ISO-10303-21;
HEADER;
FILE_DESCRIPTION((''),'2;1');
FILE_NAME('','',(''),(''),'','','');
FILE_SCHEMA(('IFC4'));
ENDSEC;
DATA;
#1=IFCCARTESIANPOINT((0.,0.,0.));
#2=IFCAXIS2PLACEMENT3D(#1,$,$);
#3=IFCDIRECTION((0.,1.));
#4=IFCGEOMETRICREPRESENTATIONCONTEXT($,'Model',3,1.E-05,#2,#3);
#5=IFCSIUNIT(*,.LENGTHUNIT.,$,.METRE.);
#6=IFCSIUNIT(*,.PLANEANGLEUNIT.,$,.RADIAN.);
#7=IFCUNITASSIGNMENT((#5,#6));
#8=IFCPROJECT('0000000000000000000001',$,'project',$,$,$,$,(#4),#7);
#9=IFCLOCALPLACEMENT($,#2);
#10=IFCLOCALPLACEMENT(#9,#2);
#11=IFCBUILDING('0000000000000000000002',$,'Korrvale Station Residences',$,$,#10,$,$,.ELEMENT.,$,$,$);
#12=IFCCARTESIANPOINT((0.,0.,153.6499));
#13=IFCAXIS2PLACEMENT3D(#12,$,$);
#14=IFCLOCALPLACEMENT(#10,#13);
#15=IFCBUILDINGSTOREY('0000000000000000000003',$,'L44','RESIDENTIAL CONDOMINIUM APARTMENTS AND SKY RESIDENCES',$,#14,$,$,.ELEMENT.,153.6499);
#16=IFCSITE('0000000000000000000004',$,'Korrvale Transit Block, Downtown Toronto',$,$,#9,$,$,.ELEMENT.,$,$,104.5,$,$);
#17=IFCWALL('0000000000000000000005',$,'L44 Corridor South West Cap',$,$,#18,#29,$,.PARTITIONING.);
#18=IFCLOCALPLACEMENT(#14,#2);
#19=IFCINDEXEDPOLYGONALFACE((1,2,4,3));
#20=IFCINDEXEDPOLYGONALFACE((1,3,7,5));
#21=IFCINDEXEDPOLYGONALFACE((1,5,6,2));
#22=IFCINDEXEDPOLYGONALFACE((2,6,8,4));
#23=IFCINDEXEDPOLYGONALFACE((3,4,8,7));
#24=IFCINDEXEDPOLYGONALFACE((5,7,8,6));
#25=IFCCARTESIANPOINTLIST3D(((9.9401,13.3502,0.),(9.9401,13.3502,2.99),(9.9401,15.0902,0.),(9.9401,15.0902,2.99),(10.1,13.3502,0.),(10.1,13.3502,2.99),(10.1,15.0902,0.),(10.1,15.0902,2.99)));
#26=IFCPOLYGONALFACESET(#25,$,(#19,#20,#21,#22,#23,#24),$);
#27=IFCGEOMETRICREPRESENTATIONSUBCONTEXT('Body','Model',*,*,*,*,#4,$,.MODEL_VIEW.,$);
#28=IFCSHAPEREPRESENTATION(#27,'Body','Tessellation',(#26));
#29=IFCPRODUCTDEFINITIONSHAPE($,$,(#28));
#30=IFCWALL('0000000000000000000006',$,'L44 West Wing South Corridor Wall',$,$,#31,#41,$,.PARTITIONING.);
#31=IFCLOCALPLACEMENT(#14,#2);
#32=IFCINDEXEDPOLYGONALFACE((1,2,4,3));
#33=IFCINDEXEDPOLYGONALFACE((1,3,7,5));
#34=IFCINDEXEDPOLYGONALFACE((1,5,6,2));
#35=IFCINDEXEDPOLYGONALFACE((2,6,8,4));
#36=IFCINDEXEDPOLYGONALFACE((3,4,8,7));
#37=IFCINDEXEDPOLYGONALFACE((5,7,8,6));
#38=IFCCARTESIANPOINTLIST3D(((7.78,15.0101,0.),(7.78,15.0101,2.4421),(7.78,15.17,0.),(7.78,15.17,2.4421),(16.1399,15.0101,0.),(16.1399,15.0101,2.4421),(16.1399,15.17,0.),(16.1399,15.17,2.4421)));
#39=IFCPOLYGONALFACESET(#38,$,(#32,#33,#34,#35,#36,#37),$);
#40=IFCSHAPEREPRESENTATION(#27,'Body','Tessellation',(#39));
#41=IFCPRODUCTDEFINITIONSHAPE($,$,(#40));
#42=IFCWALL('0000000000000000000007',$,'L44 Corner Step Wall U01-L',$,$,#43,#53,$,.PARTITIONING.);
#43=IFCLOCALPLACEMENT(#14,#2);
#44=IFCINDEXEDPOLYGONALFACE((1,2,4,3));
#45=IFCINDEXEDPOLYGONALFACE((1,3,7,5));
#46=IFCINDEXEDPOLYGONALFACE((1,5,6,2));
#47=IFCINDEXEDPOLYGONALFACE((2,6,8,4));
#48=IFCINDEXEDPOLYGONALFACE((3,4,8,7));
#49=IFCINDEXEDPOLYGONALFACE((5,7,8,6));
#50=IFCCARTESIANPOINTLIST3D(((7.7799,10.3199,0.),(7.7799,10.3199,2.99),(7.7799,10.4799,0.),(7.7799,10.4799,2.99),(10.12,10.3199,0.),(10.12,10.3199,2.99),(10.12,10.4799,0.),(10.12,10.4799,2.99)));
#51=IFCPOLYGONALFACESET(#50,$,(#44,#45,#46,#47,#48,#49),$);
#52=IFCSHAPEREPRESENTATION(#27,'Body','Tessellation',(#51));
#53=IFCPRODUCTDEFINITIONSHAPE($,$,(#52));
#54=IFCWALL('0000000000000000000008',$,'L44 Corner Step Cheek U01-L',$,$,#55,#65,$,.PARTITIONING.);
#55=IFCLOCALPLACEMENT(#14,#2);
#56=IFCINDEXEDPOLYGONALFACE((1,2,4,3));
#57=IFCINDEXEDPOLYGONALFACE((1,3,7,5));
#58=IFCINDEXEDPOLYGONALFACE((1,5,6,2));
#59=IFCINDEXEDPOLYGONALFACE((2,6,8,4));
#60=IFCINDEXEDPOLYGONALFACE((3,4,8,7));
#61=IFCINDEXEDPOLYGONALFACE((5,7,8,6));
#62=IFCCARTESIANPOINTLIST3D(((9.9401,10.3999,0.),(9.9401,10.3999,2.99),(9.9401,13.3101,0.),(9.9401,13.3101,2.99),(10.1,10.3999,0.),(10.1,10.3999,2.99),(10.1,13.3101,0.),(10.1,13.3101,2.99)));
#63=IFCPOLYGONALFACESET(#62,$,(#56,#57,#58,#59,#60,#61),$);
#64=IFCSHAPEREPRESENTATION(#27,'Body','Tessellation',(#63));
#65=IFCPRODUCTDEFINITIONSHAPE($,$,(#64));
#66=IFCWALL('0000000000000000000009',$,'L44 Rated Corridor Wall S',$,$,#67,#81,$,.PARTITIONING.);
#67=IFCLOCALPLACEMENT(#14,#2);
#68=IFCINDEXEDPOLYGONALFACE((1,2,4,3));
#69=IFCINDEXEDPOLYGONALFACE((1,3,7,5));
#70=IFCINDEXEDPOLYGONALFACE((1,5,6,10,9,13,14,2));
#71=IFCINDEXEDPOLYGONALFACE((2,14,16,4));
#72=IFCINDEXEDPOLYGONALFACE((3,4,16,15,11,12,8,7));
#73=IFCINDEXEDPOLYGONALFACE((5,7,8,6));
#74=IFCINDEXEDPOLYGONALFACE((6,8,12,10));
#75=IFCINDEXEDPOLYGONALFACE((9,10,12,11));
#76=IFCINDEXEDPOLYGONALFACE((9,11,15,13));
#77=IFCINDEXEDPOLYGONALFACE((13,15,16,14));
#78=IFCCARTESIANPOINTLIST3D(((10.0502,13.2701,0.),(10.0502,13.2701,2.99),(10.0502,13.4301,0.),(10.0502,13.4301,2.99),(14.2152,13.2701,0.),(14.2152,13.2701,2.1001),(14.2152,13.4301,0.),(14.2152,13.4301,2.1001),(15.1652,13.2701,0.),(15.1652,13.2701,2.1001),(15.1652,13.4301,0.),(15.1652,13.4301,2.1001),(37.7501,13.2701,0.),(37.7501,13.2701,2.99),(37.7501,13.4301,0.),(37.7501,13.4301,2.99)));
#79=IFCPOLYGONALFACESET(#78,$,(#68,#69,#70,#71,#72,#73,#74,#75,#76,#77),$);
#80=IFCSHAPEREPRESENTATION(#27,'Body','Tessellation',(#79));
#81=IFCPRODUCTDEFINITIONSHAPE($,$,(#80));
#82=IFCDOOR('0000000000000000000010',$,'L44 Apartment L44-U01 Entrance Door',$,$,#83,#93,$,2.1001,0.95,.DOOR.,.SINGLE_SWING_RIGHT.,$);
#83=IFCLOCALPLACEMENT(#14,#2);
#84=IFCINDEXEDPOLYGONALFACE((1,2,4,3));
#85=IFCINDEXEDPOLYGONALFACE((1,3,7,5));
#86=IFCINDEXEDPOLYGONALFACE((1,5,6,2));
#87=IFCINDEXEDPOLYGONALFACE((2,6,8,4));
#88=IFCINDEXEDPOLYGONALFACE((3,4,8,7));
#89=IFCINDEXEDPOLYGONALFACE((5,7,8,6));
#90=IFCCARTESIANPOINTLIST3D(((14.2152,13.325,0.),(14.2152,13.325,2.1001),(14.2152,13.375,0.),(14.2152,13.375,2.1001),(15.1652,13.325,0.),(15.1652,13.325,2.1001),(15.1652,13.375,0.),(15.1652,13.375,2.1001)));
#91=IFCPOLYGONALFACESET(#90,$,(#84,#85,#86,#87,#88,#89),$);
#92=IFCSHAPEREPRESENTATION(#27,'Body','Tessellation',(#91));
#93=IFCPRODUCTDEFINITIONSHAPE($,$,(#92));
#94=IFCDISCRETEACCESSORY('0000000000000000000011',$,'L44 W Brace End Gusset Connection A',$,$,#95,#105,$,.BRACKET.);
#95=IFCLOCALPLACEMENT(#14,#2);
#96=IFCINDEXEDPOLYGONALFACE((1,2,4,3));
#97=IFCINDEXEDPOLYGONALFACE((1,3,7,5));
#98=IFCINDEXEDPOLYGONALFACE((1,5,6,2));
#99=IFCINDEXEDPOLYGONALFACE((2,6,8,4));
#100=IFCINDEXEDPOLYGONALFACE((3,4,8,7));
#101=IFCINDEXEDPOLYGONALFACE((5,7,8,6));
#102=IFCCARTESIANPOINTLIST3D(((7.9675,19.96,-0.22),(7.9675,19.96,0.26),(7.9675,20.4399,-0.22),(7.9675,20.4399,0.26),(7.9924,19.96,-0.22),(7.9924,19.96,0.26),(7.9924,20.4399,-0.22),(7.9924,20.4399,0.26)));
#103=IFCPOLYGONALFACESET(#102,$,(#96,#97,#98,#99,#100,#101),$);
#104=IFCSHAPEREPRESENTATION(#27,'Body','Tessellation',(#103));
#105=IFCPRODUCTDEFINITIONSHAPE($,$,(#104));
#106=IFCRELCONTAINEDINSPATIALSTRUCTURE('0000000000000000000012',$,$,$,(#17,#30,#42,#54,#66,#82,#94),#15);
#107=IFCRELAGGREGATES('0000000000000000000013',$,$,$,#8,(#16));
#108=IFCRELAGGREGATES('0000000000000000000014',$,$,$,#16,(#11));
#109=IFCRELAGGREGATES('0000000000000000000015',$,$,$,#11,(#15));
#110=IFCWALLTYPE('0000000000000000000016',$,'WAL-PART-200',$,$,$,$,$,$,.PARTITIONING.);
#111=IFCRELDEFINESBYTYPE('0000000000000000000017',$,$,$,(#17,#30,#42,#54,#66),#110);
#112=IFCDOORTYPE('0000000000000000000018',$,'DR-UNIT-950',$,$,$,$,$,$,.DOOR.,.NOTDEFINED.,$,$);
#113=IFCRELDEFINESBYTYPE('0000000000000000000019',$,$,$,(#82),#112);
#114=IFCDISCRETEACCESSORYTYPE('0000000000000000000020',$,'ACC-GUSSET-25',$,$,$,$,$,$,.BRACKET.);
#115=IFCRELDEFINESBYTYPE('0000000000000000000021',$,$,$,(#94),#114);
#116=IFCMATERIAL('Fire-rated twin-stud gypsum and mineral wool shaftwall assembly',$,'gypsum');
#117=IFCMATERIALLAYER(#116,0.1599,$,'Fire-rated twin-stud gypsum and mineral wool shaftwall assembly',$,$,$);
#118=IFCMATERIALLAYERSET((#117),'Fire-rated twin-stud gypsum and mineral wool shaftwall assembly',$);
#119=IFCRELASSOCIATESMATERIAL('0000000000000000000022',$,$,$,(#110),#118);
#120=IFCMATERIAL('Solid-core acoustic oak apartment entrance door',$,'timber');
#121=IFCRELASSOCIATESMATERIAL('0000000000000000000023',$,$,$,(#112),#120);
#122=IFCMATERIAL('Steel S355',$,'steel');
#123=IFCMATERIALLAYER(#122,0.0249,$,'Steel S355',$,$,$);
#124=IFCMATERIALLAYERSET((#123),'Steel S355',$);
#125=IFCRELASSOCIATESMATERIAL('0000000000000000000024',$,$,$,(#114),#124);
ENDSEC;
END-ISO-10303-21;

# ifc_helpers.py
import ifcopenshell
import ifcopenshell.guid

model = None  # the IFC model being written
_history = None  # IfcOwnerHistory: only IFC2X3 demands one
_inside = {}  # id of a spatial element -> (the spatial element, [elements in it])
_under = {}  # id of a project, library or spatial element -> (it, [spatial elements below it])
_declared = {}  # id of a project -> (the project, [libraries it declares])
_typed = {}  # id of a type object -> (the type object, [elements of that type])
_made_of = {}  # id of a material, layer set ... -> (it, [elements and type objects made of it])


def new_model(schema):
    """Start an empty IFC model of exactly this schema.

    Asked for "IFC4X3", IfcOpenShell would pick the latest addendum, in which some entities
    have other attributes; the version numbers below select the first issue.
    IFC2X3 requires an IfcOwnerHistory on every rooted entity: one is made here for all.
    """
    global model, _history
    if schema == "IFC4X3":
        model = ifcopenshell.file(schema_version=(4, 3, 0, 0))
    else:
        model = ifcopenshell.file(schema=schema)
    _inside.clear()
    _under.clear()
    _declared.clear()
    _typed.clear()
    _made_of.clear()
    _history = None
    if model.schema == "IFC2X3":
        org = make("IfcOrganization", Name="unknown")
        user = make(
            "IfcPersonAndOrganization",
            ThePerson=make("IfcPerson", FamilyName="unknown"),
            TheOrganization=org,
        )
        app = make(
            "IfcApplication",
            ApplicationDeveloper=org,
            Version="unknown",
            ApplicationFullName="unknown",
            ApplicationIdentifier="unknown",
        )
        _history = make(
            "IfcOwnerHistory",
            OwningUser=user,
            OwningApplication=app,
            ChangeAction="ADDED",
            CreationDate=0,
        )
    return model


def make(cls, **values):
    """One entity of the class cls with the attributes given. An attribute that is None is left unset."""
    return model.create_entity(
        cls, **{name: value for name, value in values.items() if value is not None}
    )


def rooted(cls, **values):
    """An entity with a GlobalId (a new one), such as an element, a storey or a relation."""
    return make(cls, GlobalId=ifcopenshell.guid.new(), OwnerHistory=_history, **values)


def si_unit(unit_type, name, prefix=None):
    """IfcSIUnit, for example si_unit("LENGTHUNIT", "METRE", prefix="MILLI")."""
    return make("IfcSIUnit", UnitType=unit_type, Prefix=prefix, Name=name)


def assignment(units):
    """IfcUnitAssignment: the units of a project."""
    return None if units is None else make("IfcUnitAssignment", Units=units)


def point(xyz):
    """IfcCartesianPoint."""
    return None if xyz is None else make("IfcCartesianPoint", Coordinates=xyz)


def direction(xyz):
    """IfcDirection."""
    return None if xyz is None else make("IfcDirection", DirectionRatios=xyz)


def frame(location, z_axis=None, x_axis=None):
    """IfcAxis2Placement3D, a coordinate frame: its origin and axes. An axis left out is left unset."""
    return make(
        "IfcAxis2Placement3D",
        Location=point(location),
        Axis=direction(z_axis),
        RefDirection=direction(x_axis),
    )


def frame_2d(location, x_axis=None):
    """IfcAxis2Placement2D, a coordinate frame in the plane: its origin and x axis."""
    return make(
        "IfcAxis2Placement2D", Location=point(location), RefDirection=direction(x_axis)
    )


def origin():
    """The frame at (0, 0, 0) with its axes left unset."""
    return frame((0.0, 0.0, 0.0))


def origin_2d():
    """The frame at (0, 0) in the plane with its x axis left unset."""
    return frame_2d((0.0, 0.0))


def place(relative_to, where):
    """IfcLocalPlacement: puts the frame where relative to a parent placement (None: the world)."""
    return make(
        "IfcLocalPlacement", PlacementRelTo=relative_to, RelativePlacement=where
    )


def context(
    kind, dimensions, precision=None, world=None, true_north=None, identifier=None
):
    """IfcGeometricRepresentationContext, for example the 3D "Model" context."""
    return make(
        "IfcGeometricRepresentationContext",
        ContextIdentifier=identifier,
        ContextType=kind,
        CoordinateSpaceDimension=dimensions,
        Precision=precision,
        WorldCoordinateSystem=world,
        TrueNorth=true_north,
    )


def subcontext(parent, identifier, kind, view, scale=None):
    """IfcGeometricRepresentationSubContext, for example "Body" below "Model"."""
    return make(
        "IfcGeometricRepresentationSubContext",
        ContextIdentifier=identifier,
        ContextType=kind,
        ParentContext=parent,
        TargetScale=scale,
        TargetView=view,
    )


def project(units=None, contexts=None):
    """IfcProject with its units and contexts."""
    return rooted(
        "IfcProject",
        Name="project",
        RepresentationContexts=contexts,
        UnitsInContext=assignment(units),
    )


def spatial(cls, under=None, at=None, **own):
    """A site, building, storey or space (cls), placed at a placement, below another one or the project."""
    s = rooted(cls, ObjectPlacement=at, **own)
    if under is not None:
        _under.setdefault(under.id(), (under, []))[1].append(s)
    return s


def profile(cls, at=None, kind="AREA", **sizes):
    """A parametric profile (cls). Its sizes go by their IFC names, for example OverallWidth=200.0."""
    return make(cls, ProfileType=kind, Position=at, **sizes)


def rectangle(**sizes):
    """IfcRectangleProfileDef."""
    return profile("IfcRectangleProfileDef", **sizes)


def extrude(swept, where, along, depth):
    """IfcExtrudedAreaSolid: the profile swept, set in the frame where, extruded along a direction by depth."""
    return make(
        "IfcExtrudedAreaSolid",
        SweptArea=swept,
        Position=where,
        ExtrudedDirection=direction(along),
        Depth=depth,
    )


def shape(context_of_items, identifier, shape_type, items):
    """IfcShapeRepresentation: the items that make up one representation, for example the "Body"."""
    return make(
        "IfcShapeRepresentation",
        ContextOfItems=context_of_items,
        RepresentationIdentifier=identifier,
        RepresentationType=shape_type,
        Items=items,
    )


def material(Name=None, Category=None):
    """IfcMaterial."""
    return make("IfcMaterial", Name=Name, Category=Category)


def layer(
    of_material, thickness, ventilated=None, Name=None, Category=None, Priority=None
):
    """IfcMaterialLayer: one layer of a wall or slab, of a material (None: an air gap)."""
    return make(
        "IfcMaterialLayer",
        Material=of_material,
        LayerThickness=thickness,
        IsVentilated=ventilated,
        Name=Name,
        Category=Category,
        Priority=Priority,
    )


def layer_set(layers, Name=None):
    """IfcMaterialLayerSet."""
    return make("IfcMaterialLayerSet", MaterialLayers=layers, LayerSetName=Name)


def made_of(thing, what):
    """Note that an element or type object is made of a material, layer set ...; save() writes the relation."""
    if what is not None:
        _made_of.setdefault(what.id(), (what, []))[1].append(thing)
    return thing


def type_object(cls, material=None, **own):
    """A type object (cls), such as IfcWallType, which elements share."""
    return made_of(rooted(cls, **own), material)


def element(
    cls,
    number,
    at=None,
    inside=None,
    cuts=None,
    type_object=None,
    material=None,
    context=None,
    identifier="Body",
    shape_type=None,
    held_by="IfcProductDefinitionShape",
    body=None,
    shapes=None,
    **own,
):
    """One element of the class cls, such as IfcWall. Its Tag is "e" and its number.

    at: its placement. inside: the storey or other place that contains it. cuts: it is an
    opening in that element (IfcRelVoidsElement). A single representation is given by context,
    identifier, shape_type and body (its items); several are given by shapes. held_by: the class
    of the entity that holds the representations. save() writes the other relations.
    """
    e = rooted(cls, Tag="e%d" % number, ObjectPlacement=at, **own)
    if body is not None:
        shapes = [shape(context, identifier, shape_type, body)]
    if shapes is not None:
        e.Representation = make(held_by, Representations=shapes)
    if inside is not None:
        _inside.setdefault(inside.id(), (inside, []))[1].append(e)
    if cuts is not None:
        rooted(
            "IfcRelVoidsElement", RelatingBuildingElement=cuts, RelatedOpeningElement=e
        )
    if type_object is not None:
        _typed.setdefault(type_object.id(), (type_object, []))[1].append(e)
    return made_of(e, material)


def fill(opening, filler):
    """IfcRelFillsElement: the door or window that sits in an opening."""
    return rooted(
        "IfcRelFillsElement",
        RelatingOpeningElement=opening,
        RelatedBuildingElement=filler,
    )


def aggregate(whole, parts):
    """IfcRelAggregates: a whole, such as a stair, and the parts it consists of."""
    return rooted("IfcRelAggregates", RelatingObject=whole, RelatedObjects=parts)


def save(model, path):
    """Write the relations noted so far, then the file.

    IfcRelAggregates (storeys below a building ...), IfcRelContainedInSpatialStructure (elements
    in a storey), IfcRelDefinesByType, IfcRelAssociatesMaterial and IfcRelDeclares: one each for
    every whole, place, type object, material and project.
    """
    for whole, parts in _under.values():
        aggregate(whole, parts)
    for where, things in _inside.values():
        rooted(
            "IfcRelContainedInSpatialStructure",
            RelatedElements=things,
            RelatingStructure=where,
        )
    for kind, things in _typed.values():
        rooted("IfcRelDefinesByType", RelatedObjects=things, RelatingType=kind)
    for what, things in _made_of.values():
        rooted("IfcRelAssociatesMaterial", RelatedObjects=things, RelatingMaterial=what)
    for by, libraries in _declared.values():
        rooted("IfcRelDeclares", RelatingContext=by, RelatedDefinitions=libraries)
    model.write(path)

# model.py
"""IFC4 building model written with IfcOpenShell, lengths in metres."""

from ifc_helpers import new_model, si_unit, direction, frame, frame_2d, origin, origin_2d, place, context, subcontext, project, spatial, rectangle, extrude, material, layer, layer_set, type_object, element, fill, save


model = new_model("IFC4")

# Units and contexts
model_context = context("Model", 3, precision=1e-05, world=origin(), true_north=direction((0.0, 1.0)))
body_context = subcontext(model_context, "Body", "Model", "MODEL_VIEW")
ifc_project = project(units=[si_unit("LENGTHUNIT", "METRE"), si_unit("PLANEANGLEUNIT", "RADIAN")], contexts=[model_context])

# Site, building, storey
site_placement = place(None, origin())
site = spatial("IfcSite", under=ifc_project, at=site_placement, Name="Korrvale Transit Block, Downtown Toronto", CompositionType="ELEMENT", RefElevation=104.5)
building_placement = place(site_placement, origin())
building = spatial("IfcBuilding", under=site, at=building_placement, Name="Korrvale Station Residences", CompositionType="ELEMENT")
storey_placement = place(building_placement, frame((0.0, 0.0, 153.6499)))
storey = spatial("IfcBuildingStorey", under=building, at=storey_placement, Name="L44", Description="RESIDENTIAL CONDOMINIUM APARTMENTS AND SKY RESIDENCES", CompositionType="ELEMENT", Elevation=153.6499)

# Shared definitions
ifc_material_1 = material(Name="Steel S355", Category="steel")

# Walls
ifc_material_2 = material(Name="Fire-rated twin-stud gypsum and mineral wool shaftwall assembly", Category="gypsum")
ifc_layer_1 = layer(ifc_material_2, 0.1599, Name="Fire-rated twin-stud gypsum and mineral wool shaftwall assembly")
ifc_layer_set_1 = layer_set([ifc_layer_1], Name="Fire-rated twin-stud gypsum and mineral wool shaftwall assembly")
wall_type_1 = type_object("IfcWallType", Name="WAL-PART-200", PredefinedType="PARTITIONING", material=ifc_layer_set_1)
wall_1_placement = place(storey_placement, frame((10.02, 13.3501, 0.0), z_axis=(0.0, 0.0, 1.0), x_axis=(0.0, 1.0, 0.0)))
element("IfcWall", 1, at=wall_1_placement, inside=storey, type_object=wall_type_1, Name="L44 Corridor South West Cap", PredefinedType="PARTITIONING", context=body_context, shape_type="SweptSolid", body=[
    extrude(rectangle(XDim=1.74, YDim=0.1599, at=frame_2d((0.8701, 0.0))), origin(), (0.0, 0.0, 1.0), 2.99),
])
wall_2_placement = place(storey_placement, frame((7.78, 15.0901, 0.0), z_axis=(0.0, 0.0, 1.0), x_axis=(1.0, 0.0, 0.0)))
element("IfcWall", 2, at=wall_2_placement, inside=storey, type_object=wall_type_1, Name="L44 West Wing South Corridor Wall", PredefinedType="PARTITIONING", context=body_context, shape_type="SweptSolid", body=[
    extrude(rectangle(XDim=8.3599, YDim=0.1599, at=frame_2d((4.1799, 0.0))), origin(), (0.0, 0.0, 1.0), 2.4421),
])
wall_3_placement = place(storey_placement, frame((7.78, 10.3999, 0.0), z_axis=(0.0, 0.0, 1.0), x_axis=(1.0, 0.0, 0.0)))
element("IfcWall", 3, at=wall_3_placement, inside=storey, type_object=wall_type_1, Name="L44 Corner Step Wall U01-L", PredefinedType="PARTITIONING", context=body_context, shape_type="SweptSolid", body=[
    extrude(rectangle(XDim=2.3401, YDim=0.1599, at=frame_2d((1.1699, 0.0))), origin(), (0.0, 0.0, 1.0), 2.99),
])
wall_4_placement = place(storey_placement, frame((10.02, 10.3999, 0.0), z_axis=(0.0, 0.0, 1.0), x_axis=(0.0, 1.0, 0.0)))
element("IfcWall", 4, at=wall_4_placement, inside=storey, type_object=wall_type_1, Name="L44 Corner Step Cheek U01-L", PredefinedType="PARTITIONING", context=body_context, shape_type="SweptSolid", body=[
    extrude(rectangle(XDim=2.9102, YDim=0.1599, at=frame_2d((1.4551, 0.0))), origin(), (0.0, 0.0, 1.0), 2.99),
])

# Wall, opening, door
wall_5_placement = place(storey_placement, frame((10.05, 13.3501, 0.0), z_axis=(0.0, 0.0, 1.0), x_axis=(1.0, 0.0, 0.0)))
wall_5 = element("IfcWall", 5, at=wall_5_placement, inside=storey, type_object=wall_type_1, Name="L44 Rated Corridor Wall S", PredefinedType="PARTITIONING", context=body_context, shape_type="SweptSolid", body=[
    extrude(rectangle(XDim=27.7, YDim=0.1599, at=frame_2d((13.8501, 0.0))), origin(), (0.0, 0.0, 1.0), 2.99),
])
opening_1_placement = place(wall_5_placement, frame((4.165, 0.0, 0.0)))
opening_1 = element("IfcOpeningElement", 6, at=opening_1_placement, cuts=wall_5, PredefinedType="OPENING", context=body_context, shape_type="SweptSolid", body=[
    extrude(rectangle(XDim=0.95, YDim=2.1001, at=frame_2d((0.4751, 1.05))), frame((0.0, 0.0898, 0.0), z_axis=(0.0, -1.0, 0.0), x_axis=(1.0, 0.0, 0.0)), (0.0, 0.0, 1.0), 0.1799),
])
ifc_material_3 = material(Name="Solid-core acoustic oak apartment entrance door", Category="timber")
door_type_1 = type_object("IfcDoorType", Name="DR-UNIT-950", OperationType="NOTDEFINED", PredefinedType="DOOR", material=ifc_material_3)
door_1_placement = place(opening_1_placement, origin())
door_1 = element("IfcDoor", 7, at=door_1_placement, inside=storey, type_object=door_type_1, Name="L44 Apartment L44-U01 Entrance Door", OperationType="SINGLE_SWING_RIGHT", OverallHeight=2.1001, OverallWidth=0.95, PredefinedType="DOOR", context=body_context, shape_type="SweptSolid", body=[
    extrude(rectangle(XDim=0.95, YDim=2.1001, at=frame_2d((0.4751, 1.05))), frame((0.0, 0.0249, 0.0), z_axis=(0.0, -1.0, 0.0), x_axis=(1.0, 0.0, 0.0)), (0.0, 0.0, 1.0), 0.05),
])
fill(opening_1, door_1)

# Discrete accessory
ifc_layer_2 = layer(ifc_material_1, 0.0249, Name="Steel S355")
ifc_layer_set_2 = layer_set([ifc_layer_2], Name="Steel S355")
discrete_accessory_type = type_object("IfcDiscreteAccessoryType", Name="ACC-GUSSET-25", PredefinedType="BRACKET", material=ifc_layer_set_2)
discrete_accessory_placement = place(storey_placement, frame((7.98, 20.2, -0.22), z_axis=(0.0, 0.0, 1.0), x_axis=(0.0, 1.0, 0.0)))
element("IfcDiscreteAccessory", 8, at=discrete_accessory_placement, inside=storey, type_object=discrete_accessory_type, Name="L44 W Brace End Gusset Connection A", PredefinedType="BRACKET", context=body_context, shape_type="SweptSolid", body=[
    extrude(rectangle(XDim=0.48, YDim=0.0249, at=origin_2d()), origin(), (0.0, 0.0, 1.0), 0.48),
])

save(model, "model.ifc")
